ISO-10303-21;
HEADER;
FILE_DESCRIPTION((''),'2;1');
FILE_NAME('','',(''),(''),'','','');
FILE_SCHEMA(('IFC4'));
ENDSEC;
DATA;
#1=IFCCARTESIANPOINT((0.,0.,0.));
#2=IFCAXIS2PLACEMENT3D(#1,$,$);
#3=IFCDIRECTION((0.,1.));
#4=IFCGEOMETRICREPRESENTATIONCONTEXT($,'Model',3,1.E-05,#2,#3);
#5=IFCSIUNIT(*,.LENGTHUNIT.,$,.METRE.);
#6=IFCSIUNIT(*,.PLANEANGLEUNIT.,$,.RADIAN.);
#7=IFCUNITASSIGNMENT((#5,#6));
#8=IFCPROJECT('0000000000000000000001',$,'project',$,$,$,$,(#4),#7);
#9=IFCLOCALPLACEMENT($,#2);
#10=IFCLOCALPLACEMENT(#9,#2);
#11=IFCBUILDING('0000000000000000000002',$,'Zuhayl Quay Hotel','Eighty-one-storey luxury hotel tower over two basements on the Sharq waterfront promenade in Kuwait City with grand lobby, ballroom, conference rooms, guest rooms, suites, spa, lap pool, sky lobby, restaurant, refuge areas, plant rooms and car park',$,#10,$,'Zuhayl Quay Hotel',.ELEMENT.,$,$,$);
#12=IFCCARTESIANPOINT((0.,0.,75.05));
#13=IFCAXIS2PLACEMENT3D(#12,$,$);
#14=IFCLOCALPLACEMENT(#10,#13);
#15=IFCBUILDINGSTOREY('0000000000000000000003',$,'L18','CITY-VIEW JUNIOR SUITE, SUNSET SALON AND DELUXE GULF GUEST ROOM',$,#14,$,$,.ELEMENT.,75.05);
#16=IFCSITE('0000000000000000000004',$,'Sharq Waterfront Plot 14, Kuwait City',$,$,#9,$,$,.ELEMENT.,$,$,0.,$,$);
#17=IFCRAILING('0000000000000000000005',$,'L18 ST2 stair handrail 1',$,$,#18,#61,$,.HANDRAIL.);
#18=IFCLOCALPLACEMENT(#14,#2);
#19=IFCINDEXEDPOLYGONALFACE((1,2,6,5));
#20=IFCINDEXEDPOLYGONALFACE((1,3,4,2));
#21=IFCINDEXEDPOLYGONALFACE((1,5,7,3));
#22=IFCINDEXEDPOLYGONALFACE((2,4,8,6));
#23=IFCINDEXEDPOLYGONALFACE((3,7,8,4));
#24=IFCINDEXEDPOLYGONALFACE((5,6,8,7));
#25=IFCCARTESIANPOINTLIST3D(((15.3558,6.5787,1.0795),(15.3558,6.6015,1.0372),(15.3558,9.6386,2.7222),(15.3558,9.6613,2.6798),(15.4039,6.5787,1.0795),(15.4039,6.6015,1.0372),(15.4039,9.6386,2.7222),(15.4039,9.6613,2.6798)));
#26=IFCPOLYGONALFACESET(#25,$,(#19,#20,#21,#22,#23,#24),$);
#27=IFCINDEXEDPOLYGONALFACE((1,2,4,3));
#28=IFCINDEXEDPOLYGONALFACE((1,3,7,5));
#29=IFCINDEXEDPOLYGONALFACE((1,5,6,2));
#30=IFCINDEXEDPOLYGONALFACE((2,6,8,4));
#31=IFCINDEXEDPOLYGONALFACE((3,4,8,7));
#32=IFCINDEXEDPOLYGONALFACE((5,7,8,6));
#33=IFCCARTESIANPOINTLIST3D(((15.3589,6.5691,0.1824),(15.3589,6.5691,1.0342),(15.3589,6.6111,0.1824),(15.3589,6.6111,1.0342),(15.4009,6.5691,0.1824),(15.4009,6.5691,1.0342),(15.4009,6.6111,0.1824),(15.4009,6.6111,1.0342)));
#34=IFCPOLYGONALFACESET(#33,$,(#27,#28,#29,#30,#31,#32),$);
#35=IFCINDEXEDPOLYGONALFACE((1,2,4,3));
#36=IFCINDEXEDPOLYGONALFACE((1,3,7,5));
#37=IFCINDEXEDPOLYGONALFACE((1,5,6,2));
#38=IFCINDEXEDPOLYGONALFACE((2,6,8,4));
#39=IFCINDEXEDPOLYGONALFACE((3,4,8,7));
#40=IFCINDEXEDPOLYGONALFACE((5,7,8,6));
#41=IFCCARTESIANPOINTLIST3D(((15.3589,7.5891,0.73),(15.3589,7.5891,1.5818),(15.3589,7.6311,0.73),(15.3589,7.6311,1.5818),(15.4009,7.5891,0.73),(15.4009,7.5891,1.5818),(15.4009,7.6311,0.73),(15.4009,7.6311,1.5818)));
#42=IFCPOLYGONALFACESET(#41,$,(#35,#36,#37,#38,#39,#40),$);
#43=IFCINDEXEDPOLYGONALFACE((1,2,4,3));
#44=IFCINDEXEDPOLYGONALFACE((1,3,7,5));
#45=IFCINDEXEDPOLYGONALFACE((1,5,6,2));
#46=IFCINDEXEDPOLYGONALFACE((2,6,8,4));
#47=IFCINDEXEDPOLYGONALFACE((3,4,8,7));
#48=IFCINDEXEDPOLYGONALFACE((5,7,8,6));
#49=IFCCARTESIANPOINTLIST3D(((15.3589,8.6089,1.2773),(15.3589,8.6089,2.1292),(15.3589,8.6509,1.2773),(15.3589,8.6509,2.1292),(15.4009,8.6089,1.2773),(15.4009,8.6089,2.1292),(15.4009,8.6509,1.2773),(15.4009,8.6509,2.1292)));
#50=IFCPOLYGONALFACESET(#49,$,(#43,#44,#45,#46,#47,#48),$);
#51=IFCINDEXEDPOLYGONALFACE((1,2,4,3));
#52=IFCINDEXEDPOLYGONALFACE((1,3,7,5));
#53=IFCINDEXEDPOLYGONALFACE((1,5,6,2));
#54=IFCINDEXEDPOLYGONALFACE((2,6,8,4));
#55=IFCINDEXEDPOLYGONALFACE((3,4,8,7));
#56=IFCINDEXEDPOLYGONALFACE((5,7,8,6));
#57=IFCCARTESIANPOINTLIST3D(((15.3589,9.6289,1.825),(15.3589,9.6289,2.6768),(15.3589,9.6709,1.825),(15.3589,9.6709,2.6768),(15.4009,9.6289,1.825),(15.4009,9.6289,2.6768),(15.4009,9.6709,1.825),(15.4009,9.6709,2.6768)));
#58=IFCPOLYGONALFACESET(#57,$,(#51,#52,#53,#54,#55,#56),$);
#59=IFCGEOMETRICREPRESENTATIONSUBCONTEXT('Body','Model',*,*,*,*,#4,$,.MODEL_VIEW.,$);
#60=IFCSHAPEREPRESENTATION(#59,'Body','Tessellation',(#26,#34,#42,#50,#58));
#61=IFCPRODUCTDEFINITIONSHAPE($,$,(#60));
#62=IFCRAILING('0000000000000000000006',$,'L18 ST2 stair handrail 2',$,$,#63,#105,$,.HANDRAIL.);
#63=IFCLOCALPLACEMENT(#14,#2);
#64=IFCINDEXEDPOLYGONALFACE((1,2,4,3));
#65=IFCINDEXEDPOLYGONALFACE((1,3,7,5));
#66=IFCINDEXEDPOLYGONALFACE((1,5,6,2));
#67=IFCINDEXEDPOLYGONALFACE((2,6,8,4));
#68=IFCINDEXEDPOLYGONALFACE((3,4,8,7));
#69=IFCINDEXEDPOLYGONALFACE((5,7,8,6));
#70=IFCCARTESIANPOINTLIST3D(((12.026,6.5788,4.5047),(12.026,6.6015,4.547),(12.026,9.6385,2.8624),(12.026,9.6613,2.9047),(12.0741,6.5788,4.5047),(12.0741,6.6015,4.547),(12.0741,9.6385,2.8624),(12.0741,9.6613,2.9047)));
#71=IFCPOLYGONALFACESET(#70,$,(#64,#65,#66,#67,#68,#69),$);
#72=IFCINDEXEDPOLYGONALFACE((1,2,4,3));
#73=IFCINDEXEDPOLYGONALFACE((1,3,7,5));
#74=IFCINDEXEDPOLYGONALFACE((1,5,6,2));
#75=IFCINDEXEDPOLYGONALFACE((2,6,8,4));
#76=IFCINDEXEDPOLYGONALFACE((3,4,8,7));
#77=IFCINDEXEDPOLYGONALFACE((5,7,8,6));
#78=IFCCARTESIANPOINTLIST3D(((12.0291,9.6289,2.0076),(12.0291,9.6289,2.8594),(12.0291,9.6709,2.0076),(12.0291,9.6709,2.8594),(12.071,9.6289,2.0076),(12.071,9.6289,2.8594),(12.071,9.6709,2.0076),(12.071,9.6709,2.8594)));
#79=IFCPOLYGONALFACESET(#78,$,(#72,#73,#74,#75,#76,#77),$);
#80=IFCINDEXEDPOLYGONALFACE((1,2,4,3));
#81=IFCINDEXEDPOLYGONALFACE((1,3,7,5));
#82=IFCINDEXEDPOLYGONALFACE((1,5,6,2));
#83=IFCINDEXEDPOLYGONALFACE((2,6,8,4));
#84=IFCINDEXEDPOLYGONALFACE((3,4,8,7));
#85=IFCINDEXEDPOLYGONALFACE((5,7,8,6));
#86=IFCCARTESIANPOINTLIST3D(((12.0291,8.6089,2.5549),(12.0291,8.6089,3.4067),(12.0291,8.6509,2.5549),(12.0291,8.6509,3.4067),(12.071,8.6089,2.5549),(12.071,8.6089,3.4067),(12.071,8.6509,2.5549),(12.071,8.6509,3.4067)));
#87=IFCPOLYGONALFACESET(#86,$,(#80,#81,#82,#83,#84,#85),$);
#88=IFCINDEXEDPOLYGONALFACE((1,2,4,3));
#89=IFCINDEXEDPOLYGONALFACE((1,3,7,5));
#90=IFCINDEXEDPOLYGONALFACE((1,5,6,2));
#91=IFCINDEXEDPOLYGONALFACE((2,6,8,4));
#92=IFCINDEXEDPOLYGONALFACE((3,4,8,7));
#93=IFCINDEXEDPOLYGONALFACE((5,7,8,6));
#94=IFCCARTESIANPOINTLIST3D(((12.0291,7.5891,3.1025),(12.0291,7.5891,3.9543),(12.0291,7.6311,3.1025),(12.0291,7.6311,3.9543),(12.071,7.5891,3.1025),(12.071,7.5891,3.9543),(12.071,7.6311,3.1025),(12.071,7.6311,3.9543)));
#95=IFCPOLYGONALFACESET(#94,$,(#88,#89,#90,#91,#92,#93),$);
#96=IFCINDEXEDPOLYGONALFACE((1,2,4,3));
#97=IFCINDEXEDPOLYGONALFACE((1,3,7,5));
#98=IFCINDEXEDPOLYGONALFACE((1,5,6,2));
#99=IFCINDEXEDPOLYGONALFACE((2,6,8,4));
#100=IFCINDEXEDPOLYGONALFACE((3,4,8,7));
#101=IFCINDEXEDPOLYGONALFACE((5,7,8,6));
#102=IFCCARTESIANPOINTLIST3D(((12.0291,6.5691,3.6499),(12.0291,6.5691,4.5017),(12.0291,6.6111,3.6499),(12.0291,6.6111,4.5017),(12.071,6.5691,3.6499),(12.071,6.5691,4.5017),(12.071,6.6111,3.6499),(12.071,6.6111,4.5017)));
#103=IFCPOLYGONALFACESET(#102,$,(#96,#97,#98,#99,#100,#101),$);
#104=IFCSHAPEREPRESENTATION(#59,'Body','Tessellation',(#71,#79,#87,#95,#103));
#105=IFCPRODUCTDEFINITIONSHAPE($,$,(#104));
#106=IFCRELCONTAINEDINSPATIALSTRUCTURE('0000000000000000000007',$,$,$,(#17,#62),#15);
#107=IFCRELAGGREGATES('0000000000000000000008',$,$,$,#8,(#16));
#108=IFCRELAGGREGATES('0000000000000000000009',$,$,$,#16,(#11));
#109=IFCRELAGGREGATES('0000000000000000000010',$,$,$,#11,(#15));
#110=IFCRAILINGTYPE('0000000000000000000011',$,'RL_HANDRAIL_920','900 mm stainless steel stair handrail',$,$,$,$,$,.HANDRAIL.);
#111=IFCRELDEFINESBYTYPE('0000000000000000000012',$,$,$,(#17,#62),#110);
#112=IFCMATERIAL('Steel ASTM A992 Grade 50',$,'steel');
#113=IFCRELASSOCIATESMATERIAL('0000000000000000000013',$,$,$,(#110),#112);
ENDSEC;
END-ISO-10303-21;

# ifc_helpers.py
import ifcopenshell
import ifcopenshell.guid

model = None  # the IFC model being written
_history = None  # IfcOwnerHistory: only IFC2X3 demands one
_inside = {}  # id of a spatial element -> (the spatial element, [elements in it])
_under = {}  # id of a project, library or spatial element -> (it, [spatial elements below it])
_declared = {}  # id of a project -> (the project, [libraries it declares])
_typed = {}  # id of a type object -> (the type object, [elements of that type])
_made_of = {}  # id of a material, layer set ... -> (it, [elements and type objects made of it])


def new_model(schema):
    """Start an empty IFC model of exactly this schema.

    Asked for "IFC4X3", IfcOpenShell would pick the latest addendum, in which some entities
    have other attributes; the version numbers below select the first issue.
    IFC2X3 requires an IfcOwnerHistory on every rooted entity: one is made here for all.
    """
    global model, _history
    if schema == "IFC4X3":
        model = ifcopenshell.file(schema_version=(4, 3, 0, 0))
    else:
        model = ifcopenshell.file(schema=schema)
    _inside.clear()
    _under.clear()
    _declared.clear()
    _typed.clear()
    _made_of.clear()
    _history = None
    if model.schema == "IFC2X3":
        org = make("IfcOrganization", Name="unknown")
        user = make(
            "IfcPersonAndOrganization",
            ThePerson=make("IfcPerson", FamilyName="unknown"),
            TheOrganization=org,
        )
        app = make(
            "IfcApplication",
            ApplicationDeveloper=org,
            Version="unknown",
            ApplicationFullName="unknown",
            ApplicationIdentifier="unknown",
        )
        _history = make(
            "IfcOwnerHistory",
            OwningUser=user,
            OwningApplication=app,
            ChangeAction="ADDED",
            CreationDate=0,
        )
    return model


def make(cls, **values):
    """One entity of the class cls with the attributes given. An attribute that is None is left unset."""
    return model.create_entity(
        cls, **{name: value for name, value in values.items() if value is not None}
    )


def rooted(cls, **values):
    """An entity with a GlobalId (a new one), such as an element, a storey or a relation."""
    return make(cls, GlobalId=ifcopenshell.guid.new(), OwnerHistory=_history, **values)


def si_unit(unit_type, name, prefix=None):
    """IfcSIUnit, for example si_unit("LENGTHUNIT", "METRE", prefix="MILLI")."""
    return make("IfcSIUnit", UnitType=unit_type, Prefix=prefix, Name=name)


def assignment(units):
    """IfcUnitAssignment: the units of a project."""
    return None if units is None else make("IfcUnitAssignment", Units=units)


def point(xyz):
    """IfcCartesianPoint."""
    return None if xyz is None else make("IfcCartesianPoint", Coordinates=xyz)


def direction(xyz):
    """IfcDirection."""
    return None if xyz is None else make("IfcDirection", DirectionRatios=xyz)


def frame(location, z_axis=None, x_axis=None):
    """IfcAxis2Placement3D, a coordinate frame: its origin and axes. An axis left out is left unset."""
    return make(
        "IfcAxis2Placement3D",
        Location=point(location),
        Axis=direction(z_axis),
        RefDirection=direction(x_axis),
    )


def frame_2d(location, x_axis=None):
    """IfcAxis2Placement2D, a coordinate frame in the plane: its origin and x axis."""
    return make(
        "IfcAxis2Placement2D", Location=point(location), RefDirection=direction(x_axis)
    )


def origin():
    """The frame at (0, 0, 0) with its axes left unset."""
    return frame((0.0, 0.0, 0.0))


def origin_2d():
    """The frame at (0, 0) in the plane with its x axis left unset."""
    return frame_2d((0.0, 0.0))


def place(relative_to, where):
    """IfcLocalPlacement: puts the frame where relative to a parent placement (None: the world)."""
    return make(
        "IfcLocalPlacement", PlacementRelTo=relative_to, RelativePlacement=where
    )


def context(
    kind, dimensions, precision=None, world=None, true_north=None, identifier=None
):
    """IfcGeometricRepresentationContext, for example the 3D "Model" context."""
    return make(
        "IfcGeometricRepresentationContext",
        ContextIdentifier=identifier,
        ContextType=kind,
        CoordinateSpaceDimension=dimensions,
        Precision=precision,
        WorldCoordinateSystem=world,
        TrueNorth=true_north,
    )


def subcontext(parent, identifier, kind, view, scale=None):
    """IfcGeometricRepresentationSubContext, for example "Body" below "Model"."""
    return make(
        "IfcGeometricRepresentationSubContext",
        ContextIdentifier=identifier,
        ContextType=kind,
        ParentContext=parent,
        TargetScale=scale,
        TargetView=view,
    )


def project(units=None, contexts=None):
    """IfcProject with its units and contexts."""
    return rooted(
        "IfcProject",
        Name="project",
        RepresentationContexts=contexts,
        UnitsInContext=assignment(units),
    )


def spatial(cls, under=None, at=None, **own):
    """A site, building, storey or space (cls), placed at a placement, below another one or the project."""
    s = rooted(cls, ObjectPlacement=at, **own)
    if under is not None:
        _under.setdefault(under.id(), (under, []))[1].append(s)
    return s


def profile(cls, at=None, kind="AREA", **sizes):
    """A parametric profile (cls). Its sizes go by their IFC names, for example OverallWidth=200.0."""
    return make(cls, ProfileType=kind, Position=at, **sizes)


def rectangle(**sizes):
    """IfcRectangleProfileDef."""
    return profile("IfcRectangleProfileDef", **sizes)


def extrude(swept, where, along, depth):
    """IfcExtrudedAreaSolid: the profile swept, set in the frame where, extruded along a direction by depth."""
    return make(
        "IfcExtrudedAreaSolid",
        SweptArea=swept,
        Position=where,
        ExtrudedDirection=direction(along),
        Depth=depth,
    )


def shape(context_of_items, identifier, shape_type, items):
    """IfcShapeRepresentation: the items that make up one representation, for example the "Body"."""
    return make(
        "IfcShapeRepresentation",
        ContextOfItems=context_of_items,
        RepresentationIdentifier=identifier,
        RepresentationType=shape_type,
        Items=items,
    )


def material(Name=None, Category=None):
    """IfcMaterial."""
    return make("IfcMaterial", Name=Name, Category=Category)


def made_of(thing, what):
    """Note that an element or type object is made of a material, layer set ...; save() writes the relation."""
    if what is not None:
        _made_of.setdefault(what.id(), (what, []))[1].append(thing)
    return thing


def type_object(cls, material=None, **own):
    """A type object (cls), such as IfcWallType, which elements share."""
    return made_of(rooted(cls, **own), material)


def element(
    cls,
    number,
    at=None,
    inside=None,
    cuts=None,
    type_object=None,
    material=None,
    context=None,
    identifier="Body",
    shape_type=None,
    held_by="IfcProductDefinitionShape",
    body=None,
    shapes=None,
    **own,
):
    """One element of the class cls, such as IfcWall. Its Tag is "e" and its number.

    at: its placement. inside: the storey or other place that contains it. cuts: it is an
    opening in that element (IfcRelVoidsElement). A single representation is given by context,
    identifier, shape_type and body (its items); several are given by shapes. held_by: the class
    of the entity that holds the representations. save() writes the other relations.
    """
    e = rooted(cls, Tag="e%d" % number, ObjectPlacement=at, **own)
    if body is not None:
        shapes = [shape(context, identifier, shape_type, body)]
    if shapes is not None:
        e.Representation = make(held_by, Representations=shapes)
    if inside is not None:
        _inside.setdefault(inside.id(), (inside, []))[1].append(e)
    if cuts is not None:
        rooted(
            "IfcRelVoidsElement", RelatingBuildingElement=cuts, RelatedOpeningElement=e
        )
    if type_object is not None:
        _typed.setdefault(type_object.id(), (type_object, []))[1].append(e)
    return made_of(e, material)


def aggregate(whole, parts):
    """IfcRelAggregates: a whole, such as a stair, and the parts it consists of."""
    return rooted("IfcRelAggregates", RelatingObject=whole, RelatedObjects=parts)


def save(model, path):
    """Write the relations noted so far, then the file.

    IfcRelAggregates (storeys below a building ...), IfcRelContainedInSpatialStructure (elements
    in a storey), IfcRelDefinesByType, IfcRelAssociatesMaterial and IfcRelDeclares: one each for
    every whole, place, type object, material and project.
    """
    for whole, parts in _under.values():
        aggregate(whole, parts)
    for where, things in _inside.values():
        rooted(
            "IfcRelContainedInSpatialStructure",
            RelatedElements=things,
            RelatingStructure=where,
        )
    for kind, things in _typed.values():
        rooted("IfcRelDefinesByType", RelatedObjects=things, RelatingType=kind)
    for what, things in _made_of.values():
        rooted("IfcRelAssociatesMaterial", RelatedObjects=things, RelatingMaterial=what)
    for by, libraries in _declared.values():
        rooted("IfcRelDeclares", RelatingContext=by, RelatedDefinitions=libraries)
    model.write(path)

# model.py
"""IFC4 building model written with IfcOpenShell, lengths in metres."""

from ifc_helpers import new_model, si_unit, direction, frame, origin, origin_2d, place, context, subcontext, project, spatial, rectangle, extrude, material, type_object, element, save


model = new_model("IFC4")

# Units and contexts
model_context = context("Model", 3, precision=1e-05, world=origin(), true_north=direction((0.0, 1.0)))
body_context = subcontext(model_context, "Body", "Model", "MODEL_VIEW")
ifc_project = project(units=[si_unit("LENGTHUNIT", "METRE"), si_unit("PLANEANGLEUNIT", "RADIAN")], contexts=[model_context])

# Site, building, storey
site_placement = place(None, origin())
site = spatial("IfcSite", under=ifc_project, at=site_placement, Name="Sharq Waterfront Plot 14, Kuwait City", CompositionType="ELEMENT", RefElevation=0.0)
building_placement = place(site_placement, origin())
building = spatial("IfcBuilding", under=site, at=building_placement, Name="Zuhayl Quay Hotel", Description="Eighty-one-storey luxury hotel tower over two basements on the Sharq waterfront promenade in Kuwait City with grand lobby, ballroom, conference rooms, guest rooms, suites, spa, lap pool, sky lobby, restaurant, refuge areas, plant rooms and car park", LongName="Zuhayl Quay Hotel", CompositionType="ELEMENT")
storey_placement = place(building_placement, frame((0.0, 0.0, 75.05)))
storey = spatial("IfcBuildingStorey", under=building, at=storey_placement, Name="L18", Description="CITY-VIEW JUNIOR SUITE, SUNSET SALON AND DELUXE GULF GUEST ROOM", CompositionType="ELEMENT", Elevation=75.05)

# Shared definitions
ifc_material_1 = material(Name="Steel ASTM A992 Grade 50", Category="steel")

# Railings
railing_type_1 = type_object("IfcRailingType", Name="RL_HANDRAIL_920", Description="900 mm stainless steel stair handrail", PredefinedType="HANDRAIL", material=ifc_material_1)
railing_1_placement = place(storey_placement, frame((15.3799, 6.5901, 0.1824)))
element("IfcRailing", 1, at=railing_1_placement, inside=storey, type_object=railing_type_1, Name="L18 ST2 stair handrail 1", PredefinedType="HANDRAIL", context=body_context, shape_type="SweptSolid", body=[
    extrude(rectangle(XDim=0.0481, YDim=0.0481, at=origin_2d()), frame((0.0, 0.0, 0.876), z_axis=(0.0, 0.881073, 0.47298), x_axis=(-1.0, 0.0, 0.0)), (0.0, 0.0, 1.0), 3.4729),
    extrude(rectangle(XDim=0.042, YDim=0.042, at=origin_2d()), origin(), (0.0, 0.0, 1.0), 0.8518),
    extrude(rectangle(XDim=0.042, YDim=0.042, at=origin_2d()), frame((0.0, 1.02, 0.5476)), (0.0, 0.0, 1.0), 0.8518),
    extrude(rectangle(XDim=0.042, YDim=0.042, at=origin_2d()), frame((0.0, 2.0398, 1.095)), (0.0, 0.0, 1.0), 0.8518),
    extrude(rectangle(XDim=0.042, YDim=0.042, at=origin_2d()), frame((0.0, 3.0598, 1.6426)), (0.0, 0.0, 1.0), 0.8518),
])
railing_2_placement = place(storey_placement, frame((12.05, 9.6499, 2.0076)))
element("IfcRailing", 2, at=railing_2_placement, inside=storey, type_object=railing_type_1, Name="L18 ST2 stair handrail 2", PredefinedType="HANDRAIL", context=body_context, shape_type="SweptSolid", body=[
    extrude(rectangle(XDim=0.0481, YDim=0.0481, at=origin_2d()), frame((0.0, 0.0, 0.876), z_axis=(0.0, -0.881102, 0.472926), x_axis=(1.0, 0.0, 0.0)), (0.0, 0.0, 1.0), 3.4727),
    extrude(rectangle(XDim=0.042, YDim=0.042, at=origin_2d()), origin(), (0.0, 0.0, 1.0), 0.8518),
    extrude(rectangle(XDim=0.042, YDim=0.042, at=origin_2d()), frame((0.0, -1.02, 0.5474)), (0.0, 0.0, 1.0), 0.8518),
    extrude(rectangle(XDim=0.042, YDim=0.042, at=origin_2d()), frame((0.0, -2.0398, 1.095)), (0.0, 0.0, 1.0), 0.8518),
    extrude(rectangle(XDim=0.042, YDim=0.042, at=origin_2d()), frame((0.0, -3.0598, 1.6423)), (0.0, 0.0, 1.0), 0.8518),
])

save(model, "model.ifc")
